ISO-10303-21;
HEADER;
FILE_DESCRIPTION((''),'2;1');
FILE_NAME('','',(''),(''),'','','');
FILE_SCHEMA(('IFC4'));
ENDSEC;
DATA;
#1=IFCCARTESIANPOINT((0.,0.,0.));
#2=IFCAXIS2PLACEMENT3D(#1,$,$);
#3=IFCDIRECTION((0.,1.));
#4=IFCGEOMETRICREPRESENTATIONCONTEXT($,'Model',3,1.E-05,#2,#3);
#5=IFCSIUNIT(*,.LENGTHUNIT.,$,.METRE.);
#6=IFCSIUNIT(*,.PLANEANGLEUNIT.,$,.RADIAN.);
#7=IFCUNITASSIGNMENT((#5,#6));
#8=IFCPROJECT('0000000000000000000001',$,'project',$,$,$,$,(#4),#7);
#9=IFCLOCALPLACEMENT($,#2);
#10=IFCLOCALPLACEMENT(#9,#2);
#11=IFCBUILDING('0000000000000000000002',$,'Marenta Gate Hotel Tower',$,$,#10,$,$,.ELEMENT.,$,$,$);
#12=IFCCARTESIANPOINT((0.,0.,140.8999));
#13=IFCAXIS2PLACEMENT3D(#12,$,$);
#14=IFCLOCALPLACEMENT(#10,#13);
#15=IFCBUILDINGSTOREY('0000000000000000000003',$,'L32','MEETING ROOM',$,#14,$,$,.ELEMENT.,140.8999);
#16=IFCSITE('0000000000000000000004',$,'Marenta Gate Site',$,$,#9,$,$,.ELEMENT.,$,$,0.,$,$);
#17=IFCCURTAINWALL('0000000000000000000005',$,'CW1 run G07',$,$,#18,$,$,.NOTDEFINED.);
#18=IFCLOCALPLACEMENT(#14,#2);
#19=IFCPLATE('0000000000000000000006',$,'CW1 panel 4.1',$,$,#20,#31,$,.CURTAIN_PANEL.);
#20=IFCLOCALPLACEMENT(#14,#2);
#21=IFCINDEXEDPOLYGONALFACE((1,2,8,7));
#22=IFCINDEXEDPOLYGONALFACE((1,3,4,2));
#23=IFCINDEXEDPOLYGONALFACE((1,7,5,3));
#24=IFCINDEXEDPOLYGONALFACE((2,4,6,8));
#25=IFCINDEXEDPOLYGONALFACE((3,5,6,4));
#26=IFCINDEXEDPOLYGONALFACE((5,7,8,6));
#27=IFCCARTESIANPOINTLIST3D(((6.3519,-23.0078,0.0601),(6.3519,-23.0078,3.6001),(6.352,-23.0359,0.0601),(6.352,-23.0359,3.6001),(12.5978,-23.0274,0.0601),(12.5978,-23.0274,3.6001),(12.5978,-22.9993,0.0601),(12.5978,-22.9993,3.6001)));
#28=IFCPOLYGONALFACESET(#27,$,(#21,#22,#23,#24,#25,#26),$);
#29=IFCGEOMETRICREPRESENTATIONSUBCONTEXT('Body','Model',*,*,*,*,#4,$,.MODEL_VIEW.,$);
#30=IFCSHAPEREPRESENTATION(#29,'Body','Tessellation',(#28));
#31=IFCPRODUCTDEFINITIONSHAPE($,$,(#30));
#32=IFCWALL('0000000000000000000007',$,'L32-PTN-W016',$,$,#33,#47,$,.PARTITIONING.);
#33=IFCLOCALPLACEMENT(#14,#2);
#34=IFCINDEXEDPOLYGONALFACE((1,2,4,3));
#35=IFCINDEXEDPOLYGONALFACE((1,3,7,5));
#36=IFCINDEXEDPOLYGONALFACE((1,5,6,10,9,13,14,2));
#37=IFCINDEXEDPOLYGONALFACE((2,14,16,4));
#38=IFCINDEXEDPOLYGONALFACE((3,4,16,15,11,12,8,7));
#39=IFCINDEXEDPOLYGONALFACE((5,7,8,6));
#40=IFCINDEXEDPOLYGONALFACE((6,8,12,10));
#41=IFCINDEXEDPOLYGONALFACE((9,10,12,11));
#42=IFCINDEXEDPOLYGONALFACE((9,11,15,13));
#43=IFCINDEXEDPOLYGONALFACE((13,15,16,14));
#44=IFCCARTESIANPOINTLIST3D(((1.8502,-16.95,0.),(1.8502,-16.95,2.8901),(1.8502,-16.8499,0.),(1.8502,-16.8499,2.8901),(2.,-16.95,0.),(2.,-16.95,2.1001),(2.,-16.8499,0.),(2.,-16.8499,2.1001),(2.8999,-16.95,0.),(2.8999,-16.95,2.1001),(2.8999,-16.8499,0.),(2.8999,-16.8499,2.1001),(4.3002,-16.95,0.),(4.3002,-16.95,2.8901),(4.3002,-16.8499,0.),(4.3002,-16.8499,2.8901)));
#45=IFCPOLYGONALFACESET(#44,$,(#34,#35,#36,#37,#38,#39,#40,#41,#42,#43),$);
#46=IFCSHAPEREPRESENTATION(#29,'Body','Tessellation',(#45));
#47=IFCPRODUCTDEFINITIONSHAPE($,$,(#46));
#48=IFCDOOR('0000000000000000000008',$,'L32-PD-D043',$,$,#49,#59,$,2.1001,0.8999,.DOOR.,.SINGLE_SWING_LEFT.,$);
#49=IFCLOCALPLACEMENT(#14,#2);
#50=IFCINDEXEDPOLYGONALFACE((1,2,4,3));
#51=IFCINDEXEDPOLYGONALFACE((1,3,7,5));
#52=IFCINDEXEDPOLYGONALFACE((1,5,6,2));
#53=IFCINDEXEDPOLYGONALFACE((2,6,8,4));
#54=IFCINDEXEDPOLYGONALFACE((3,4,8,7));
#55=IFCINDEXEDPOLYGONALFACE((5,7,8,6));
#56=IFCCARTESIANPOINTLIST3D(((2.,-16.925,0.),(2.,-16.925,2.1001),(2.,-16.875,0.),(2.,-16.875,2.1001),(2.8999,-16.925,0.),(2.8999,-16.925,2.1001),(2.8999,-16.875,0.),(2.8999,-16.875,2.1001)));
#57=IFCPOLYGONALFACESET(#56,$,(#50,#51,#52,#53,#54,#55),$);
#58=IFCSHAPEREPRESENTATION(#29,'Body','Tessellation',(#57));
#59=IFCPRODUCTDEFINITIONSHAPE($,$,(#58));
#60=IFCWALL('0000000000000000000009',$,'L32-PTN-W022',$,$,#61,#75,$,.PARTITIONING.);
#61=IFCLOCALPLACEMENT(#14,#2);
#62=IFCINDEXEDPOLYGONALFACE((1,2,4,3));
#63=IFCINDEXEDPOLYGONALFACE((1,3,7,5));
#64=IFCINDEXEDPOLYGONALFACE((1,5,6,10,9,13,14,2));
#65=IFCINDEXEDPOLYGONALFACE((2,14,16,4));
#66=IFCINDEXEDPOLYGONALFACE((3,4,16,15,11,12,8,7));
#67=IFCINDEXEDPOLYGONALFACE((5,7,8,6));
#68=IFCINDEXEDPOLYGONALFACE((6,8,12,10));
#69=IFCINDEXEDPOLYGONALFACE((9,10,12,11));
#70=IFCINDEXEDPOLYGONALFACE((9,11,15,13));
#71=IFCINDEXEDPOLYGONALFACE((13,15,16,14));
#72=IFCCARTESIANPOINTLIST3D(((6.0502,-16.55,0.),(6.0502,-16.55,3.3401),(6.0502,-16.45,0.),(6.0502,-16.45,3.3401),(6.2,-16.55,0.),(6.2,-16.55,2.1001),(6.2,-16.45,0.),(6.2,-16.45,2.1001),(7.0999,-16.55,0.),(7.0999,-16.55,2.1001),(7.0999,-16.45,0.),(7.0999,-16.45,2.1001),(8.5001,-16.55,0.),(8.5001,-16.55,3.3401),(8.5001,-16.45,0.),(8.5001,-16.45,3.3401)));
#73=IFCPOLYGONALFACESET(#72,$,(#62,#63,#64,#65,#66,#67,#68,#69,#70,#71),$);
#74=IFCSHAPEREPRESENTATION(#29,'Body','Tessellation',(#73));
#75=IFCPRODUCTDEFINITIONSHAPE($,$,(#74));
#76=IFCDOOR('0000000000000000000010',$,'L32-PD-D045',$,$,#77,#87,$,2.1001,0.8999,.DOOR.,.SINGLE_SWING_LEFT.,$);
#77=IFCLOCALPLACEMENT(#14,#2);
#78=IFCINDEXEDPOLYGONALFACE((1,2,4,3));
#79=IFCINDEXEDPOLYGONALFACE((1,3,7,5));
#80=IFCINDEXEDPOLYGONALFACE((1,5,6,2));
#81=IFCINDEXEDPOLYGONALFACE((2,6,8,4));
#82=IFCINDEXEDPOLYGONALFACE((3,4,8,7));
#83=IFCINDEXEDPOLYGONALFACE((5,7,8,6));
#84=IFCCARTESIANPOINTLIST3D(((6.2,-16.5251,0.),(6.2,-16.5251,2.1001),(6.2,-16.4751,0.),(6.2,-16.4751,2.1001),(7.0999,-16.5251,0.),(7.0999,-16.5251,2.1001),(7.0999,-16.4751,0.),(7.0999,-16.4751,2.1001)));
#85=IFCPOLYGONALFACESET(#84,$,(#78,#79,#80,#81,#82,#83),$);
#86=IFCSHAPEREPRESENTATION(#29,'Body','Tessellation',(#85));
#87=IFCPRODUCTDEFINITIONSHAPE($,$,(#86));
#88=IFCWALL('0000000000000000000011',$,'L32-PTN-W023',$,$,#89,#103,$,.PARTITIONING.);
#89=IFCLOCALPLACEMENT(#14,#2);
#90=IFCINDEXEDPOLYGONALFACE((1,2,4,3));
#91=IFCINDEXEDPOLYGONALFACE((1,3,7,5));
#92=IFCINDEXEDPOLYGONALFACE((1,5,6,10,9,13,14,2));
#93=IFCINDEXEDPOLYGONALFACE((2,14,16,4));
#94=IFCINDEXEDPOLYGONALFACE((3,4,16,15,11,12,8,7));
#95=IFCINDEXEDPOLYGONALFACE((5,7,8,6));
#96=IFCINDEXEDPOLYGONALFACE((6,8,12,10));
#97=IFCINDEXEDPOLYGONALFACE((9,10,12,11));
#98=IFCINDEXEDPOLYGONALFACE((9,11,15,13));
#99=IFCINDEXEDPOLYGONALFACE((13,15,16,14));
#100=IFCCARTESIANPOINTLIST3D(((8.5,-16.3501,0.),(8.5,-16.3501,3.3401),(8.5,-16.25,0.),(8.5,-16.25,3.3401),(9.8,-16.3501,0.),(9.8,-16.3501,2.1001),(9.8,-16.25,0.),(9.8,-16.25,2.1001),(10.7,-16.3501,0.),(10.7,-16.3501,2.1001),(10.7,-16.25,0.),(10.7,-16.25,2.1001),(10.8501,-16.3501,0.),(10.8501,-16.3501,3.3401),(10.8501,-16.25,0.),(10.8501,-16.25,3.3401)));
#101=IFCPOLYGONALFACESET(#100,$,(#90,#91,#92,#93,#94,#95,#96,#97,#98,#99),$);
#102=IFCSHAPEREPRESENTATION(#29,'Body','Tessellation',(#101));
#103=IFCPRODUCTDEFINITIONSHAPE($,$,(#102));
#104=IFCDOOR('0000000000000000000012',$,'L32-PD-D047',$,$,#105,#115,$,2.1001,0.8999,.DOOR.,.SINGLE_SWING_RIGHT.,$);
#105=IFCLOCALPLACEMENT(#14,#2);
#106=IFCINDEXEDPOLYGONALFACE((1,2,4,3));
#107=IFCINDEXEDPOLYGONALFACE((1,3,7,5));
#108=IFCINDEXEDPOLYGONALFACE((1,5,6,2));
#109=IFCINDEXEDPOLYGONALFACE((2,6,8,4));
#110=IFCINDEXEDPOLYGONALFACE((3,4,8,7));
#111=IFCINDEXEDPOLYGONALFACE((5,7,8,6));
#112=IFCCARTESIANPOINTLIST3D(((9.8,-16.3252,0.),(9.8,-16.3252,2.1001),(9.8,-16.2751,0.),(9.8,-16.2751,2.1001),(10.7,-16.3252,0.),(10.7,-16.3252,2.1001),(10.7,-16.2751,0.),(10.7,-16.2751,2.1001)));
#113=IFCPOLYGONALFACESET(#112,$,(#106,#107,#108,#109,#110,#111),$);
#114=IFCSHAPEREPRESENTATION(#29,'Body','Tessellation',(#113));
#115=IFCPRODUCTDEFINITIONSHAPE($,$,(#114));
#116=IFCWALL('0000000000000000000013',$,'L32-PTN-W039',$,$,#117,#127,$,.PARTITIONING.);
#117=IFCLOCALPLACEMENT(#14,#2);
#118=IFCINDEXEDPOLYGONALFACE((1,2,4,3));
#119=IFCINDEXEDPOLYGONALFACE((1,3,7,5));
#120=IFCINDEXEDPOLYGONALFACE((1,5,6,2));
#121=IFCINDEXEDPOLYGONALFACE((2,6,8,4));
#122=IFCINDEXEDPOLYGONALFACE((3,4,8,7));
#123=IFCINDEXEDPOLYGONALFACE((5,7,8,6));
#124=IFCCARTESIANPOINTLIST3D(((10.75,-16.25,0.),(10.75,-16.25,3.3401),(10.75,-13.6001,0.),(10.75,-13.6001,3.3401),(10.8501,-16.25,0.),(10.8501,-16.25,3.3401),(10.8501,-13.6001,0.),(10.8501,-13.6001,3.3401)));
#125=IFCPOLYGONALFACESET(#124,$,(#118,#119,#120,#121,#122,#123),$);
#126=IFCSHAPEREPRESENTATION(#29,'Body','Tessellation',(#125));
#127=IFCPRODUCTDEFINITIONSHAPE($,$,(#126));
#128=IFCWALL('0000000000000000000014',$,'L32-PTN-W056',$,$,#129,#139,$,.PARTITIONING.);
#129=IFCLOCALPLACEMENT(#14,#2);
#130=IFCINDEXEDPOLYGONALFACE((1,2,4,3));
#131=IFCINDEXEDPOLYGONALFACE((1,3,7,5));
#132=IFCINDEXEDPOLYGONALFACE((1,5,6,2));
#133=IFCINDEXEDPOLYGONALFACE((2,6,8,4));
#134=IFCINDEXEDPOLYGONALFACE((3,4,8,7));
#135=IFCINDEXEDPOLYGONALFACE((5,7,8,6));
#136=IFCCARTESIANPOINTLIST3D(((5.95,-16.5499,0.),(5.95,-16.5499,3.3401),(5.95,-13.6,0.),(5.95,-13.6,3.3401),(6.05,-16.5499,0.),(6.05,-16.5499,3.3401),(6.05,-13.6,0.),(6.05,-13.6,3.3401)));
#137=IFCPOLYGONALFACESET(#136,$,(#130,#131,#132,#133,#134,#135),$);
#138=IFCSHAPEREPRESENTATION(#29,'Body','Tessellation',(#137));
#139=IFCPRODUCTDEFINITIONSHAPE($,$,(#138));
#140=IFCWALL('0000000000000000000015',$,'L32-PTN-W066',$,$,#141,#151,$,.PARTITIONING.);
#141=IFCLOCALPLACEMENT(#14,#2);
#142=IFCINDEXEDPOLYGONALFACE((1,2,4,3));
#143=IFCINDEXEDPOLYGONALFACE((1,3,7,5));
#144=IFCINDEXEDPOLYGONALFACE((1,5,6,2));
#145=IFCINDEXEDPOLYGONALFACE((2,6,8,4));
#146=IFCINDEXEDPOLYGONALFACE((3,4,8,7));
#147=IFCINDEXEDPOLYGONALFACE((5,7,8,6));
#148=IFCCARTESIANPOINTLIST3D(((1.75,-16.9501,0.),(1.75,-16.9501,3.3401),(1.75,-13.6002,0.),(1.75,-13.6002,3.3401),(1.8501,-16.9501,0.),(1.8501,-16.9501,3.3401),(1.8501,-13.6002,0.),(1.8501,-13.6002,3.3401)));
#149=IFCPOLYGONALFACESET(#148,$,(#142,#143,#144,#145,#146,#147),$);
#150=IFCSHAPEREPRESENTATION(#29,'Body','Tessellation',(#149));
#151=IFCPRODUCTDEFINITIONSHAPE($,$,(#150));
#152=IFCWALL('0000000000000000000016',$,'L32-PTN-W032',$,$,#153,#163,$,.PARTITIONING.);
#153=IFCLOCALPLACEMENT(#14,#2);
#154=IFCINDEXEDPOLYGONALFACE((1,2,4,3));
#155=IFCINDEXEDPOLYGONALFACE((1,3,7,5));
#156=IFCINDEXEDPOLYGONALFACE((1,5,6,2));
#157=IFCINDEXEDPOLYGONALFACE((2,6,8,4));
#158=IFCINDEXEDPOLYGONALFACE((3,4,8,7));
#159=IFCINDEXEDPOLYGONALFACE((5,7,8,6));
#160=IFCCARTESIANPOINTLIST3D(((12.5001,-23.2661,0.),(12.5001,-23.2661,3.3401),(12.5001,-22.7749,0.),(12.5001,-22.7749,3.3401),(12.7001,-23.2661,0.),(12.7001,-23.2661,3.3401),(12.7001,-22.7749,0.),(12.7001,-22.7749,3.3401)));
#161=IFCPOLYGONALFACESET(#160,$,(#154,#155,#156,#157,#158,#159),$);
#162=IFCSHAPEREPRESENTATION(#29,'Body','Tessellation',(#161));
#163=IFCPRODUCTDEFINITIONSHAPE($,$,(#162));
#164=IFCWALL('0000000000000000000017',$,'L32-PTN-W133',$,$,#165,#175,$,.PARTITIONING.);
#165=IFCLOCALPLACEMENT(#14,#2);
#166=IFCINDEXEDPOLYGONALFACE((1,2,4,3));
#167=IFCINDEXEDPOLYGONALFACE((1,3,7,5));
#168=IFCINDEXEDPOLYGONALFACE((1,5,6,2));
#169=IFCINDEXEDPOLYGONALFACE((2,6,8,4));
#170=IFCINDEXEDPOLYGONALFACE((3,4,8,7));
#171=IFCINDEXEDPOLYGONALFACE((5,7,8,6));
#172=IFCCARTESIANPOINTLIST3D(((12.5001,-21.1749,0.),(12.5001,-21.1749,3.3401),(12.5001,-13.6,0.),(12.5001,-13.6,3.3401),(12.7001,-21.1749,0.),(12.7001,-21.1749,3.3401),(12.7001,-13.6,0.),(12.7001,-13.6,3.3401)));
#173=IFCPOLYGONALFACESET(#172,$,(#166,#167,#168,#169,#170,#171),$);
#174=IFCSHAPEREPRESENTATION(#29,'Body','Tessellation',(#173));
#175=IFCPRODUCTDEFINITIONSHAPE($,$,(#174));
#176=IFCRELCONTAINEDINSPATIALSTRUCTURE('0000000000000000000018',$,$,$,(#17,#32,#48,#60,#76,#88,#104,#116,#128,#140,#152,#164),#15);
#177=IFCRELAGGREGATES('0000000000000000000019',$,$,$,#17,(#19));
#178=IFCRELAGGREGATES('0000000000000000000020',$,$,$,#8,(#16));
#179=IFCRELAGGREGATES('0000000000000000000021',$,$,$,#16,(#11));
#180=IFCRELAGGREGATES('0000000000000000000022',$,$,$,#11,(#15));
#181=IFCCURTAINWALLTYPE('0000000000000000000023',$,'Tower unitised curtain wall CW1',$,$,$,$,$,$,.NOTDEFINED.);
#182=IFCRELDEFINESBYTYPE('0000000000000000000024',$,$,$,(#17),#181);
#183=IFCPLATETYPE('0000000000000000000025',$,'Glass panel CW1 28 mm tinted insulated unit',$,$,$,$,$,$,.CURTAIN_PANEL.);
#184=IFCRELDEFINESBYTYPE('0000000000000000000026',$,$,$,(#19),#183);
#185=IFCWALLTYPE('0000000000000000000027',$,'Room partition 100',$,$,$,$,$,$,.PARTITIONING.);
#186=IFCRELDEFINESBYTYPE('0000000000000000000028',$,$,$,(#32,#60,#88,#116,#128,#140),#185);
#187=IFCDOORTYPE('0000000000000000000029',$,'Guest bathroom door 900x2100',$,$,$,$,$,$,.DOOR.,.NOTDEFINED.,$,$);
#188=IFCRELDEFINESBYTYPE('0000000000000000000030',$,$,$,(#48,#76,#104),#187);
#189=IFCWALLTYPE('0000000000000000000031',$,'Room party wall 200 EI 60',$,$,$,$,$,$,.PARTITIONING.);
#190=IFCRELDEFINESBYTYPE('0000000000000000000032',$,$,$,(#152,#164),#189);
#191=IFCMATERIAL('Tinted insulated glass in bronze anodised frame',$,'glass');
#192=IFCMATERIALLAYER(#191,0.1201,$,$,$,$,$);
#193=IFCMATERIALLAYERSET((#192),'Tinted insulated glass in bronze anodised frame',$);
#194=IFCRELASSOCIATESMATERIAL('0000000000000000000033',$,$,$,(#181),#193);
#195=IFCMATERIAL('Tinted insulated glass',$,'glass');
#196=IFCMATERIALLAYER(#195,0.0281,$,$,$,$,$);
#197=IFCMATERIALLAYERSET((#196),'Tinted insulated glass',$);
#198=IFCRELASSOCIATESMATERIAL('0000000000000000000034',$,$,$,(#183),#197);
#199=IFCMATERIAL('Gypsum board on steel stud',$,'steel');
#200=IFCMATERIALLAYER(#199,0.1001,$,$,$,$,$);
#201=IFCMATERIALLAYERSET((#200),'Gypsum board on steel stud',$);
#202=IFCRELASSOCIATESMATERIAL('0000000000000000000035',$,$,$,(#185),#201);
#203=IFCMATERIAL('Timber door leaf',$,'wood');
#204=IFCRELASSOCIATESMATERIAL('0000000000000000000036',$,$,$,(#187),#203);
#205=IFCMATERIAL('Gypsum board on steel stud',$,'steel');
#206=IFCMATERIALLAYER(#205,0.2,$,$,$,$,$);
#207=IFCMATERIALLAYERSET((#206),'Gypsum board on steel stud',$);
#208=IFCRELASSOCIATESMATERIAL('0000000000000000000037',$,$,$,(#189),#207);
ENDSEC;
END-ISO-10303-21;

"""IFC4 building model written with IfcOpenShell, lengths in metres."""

from ifc_helpers import new_model, si_unit, direction, frame, frame_2d, origin, origin_2d, place, context, subcontext, project, spatial, rectangle, extrude, material, layer, layer_set, type_object, element, fill, aggregate, save


model = new_model("IFC4")

# Units and contexts
model_context = context("Model", 3, precision=1e-05, world=origin(), true_north=direction((0.0, 1.0)))
body_context = subcontext(model_context, "Body", "Model", "MODEL_VIEW")
ifc_project = project(units=[si_unit("LENGTHUNIT", "METRE"), si_unit("PLANEANGLEUNIT", "RADIAN")], contexts=[model_context])

# Site, building, storey
site_placement = place(None, origin())
site = spatial("IfcSite", under=ifc_project, at=site_placement, Name="Marenta Gate Site", CompositionType="ELEMENT", RefElevation=0.0)
building_placement = place(site_placement, origin())
building = spatial("IfcBuilding", under=site, at=building_placement, Name="Marenta Gate Hotel Tower", CompositionType="ELEMENT")
storey_placement = place(building_placement, frame((0.0, 0.0, 140.8999)))
storey = spatial("IfcBuildingStorey", under=building, at=storey_placement, Name="L32", Description="MEETING ROOM", CompositionType="ELEMENT", Elevation=140.8999)

# Curtain wall
ifc_material_1 = material(Name="Tinted insulated glass in bronze anodised frame", Category="glass")
ifc_layer_1 = layer(ifc_material_1, 0.1201)
ifc_layer_set_1 = layer_set([ifc_layer_1], Name="Tinted insulated glass in bronze anodised frame")
curtain_wall_type = type_object("IfcCurtainWallType", Name="Tower unitised curtain wall CW1", PredefinedType="NOTDEFINED", material=ifc_layer_set_1)
curtain_wall_1_placement = place(storey_placement, origin())
curtain_wall_1 = element("IfcCurtainWall", 1, at=curtain_wall_1_placement, inside=storey, type_object=curtain_wall_type, Name="CW1 run G07", PredefinedType="NOTDEFINED")

# Plate
ifc_material_2 = material(Name="Tinted insulated glass", Category="glass")
ifc_layer_2 = layer(ifc_material_2, 0.0281)
ifc_layer_set_2 = layer_set([ifc_layer_2], Name="Tinted insulated glass")
plate_type = type_object("IfcPlateType", Name="Glass panel CW1 28 mm tinted insulated unit", PredefinedType="CURTAIN_PANEL", material=ifc_layer_set_2)
plate_1_placement = place(storey_placement, frame((9.4749, -23.0176, 0.0601), z_axis=(0.0, 0.0, 1.0), x_axis=(0.999999, 0.001362, 0.0)))
plate_1 = element("IfcPlate", 2, at=plate_1_placement, type_object=plate_type, Name="CW1 panel 4.1", PredefinedType="CURTAIN_PANEL", context=body_context, shape_type="SweptSolid", body=[
    extrude(rectangle(XDim=6.2458, YDim=0.0281, at=origin_2d()), origin(), (0.0, 0.0, 1.0), 3.54),
])
aggregate(curtain_wall_1, [plate_1])

# Walls, openings, doors
ifc_material_3 = material(Name="Gypsum board on steel stud", Category="steel")
ifc_layer_3 = layer(ifc_material_3, 0.1001)
ifc_layer_set_3 = layer_set([ifc_layer_3], Name="Gypsum board on steel stud")
wall_type_1 = type_object("IfcWallType", Name="Room partition 100", PredefinedType="PARTITIONING", material=ifc_layer_set_3)
wall_1_placement = place(storey_placement, frame((1.8501, -16.8999, 0.0), z_axis=(0.0, 0.0, 1.0), x_axis=(1.0, 0.0, 0.0)))
wall_1 = element("IfcWall", 3, at=wall_1_placement, inside=storey, type_object=wall_type_1, Name="L32-PTN-W016", PredefinedType="PARTITIONING", context=body_context, shape_type="SweptSolid", body=[
    extrude(rectangle(XDim=2.45, YDim=0.1001, at=frame_2d((1.2251, 0.0))), origin(), (0.0, 0.0, 1.0), 2.8901),
])
opening_1_placement = place(wall_1_placement, frame((0.1499, 0.0, 0.0)))
opening_1 = element("IfcOpeningElement", 4, at=opening_1_placement, cuts=wall_1, PredefinedType="OPENING", context=body_context, shape_type="SweptSolid", body=[
    extrude(rectangle(XDim=0.8999, YDim=2.1001, at=frame_2d((0.45, 1.05))), frame((0.0, 0.05, 0.0), z_axis=(0.0, -1.0, 0.0), x_axis=(1.0, 0.0, 0.0)), (0.0, 0.0, 1.0), 0.1001),
])
ifc_material_4 = material(Name="Timber door leaf", Category="wood")
door_type = type_object("IfcDoorType", Name="Guest bathroom door 900x2100", OperationType="NOTDEFINED", PredefinedType="DOOR", material=ifc_material_4)
door_1_placement = place(opening_1_placement, origin())
door_1 = element("IfcDoor", 5, at=door_1_placement, inside=storey, type_object=door_type, Name="L32-PD-D043", OperationType="SINGLE_SWING_LEFT", OverallHeight=2.1001, OverallWidth=0.8999, PredefinedType="DOOR", context=body_context, shape_type="SweptSolid", body=[
    extrude(rectangle(XDim=0.8999, YDim=2.1001, at=frame_2d((0.45, 1.05))), frame((0.0, 0.0249, 0.0), z_axis=(0.0, -1.0, 0.0), x_axis=(1.0, 0.0, 0.0)), (0.0, 0.0, 1.0), 0.05),
])
fill(opening_1, door_1)
wall_2_placement = place(storey_placement, frame((6.05, -16.5, 0.0), z_axis=(0.0, 0.0, 1.0), x_axis=(1.0, 0.0, 0.0)))
wall_2 = element("IfcWall", 6, at=wall_2_placement, inside=storey, type_object=wall_type_1, Name="L32-PTN-W022", PredefinedType="PARTITIONING", context=body_context, shape_type="SweptSolid", body=[
    extrude(rectangle(XDim=2.45, YDim=0.1001, at=frame_2d((1.2251, 0.0))), origin(), (0.0, 0.0, 1.0), 3.3401),
])
opening_2_placement = place(wall_2_placement, frame((0.1499, 0.0, 0.0)))
opening_2 = element("IfcOpeningElement", 7, at=opening_2_placement, cuts=wall_2, PredefinedType="OPENING", context=body_context, shape_type="SweptSolid", body=[
    extrude(rectangle(XDim=0.8999, YDim=2.1001, at=frame_2d((0.45, 1.05))), frame((0.0, 0.05, 0.0), z_axis=(0.0, -1.0, 0.0), x_axis=(1.0, 0.0, 0.0)), (0.0, 0.0, 1.0), 0.1001),
])
door_2_placement = place(opening_2_placement, origin())
door_2 = element("IfcDoor", 8, at=door_2_placement, inside=storey, type_object=door_type, Name="L32-PD-D045", OperationType="SINGLE_SWING_LEFT", OverallHeight=2.1001, OverallWidth=0.8999, PredefinedType="DOOR", context=body_context, shape_type="SweptSolid", body=[
    extrude(rectangle(XDim=0.8999, YDim=2.1001, at=frame_2d((0.45, 1.05))), frame((0.0, 0.0249, 0.0), z_axis=(0.0, -1.0, 0.0), x_axis=(1.0, 0.0, 0.0)), (0.0, 0.0, 1.0), 0.05),
])
fill(opening_2, door_2)
wall_3_placement = place(storey_placement, frame((8.5, -16.3, 0.0), z_axis=(0.0, 0.0, 1.0), x_axis=(1.0, 0.0, 0.0)))
wall_3 = element("IfcWall", 9, at=wall_3_placement, inside=storey, type_object=wall_type_1, Name="L32-PTN-W023", PredefinedType="PARTITIONING", context=body_context, shape_type="SweptSolid", body=[
    extrude(rectangle(XDim=2.3501, YDim=0.1001, at=frame_2d((1.175, 0.0))), origin(), (0.0, 0.0, 1.0), 3.3401),
])
opening_3_placement = place(wall_3_placement, frame((1.3, 0.0, 0.0)))
opening_3 = element("IfcOpeningElement", 10, at=opening_3_placement, cuts=wall_3, PredefinedType="OPENING", context=body_context, shape_type="SweptSolid", body=[
    extrude(rectangle(XDim=0.8999, YDim=2.1001, at=frame_2d((0.45, 1.05))), frame((0.0, 0.05, 0.0), z_axis=(0.0, -1.0, 0.0), x_axis=(1.0, 0.0, 0.0)), (0.0, 0.0, 1.0), 0.1001),
])
door_3_placement = place(opening_3_placement, origin())
door_3 = element("IfcDoor", 11, at=door_3_placement, inside=storey, type_object=door_type, Name="L32-PD-D047", OperationType="SINGLE_SWING_RIGHT", OverallHeight=2.1001, OverallWidth=0.8999, PredefinedType="DOOR", context=body_context, shape_type="SweptSolid", body=[
    extrude(rectangle(XDim=0.8999, YDim=2.1001, at=frame_2d((0.45, 1.05))), frame((0.0, 0.0249, 0.0), z_axis=(0.0, -1.0, 0.0), x_axis=(1.0, 0.0, 0.0)), (0.0, 0.0, 1.0), 0.05),
])
fill(opening_3, door_3)

# Walls
wall_4_placement = place(storey_placement, frame((10.8, -16.25, 0.0), z_axis=(0.0, 0.0, 1.0), x_axis=(0.0, 1.0, 0.0)))
element("IfcWall", 12, at=wall_4_placement, inside=storey, type_object=wall_type_1, Name="L32-PTN-W039", PredefinedType="PARTITIONING", context=body_context, shape_type="SweptSolid", body=[
    extrude(rectangle(XDim=2.6499, YDim=0.1001, at=frame_2d((1.325, 0.0))), origin(), (0.0, 0.0, 1.0), 3.3401),
])
wall_5_placement = place(storey_placement, frame((6.0, -16.55, 0.0), z_axis=(0.0, 0.0, 1.0), x_axis=(0.0, 1.0, 0.0)))
element("IfcWall", 13, at=wall_5_placement, inside=storey, type_object=wall_type_1, Name="L32-PTN-W056", PredefinedType="PARTITIONING", context=body_context, shape_type="SweptSolid", body=[
    extrude(rectangle(XDim=2.95, YDim=0.1001, at=frame_2d((1.4751, 0.0))), origin(), (0.0, 0.0, 1.0), 3.3401),
])
wall_6_placement = place(storey_placement, frame((1.8, -16.95, 0.0), z_axis=(0.0, 0.0, 1.0), x_axis=(0.0, 1.0, 0.0)))
element("IfcWall", 14, at=wall_6_placement, inside=storey, type_object=wall_type_1, Name="L32-PTN-W066", PredefinedType="PARTITIONING", context=body_context, shape_type="SweptSolid", body=[
    extrude(rectangle(XDim=3.3499, YDim=0.1001, at=frame_2d((1.6748, 0.0))), origin(), (0.0, 0.0, 1.0), 3.3401),
])
ifc_material_5 = material(Name="Gypsum board on steel stud", Category="steel")
ifc_layer_4 = layer(ifc_material_5, 0.2)
ifc_layer_set_4 = layer_set([ifc_layer_4], Name="Gypsum board on steel stud")
wall_type_2 = type_object("IfcWallType", Name="Room party wall 200 EI 60", PredefinedType="PARTITIONING", material=ifc_layer_set_4)
wall_7_placement = place(storey_placement, frame((12.6001, -23.2661, 0.0), z_axis=(0.0, 0.0, 1.0), x_axis=(0.0, 1.0, 0.0)))
element("IfcWall", 15, at=wall_7_placement, inside=storey, type_object=wall_type_2, Name="L32-PTN-W032", PredefinedType="PARTITIONING", context=body_context, shape_type="SweptSolid", body=[
    extrude(rectangle(XDim=0.4912, YDim=0.2, at=frame_2d((0.2456, 0.0))), origin(), (0.0, 0.0, 1.0), 3.3401),
])
wall_8_placement = place(storey_placement, frame((12.6001, -21.175, 0.0), z_axis=(0.0, 0.0, 1.0), x_axis=(0.0, 1.0, 0.0)))
element("IfcWall", 16, at=wall_8_placement, inside=storey, type_object=wall_type_2, Name="L32-PTN-W133", PredefinedType="PARTITIONING", context=body_context, shape_type="SweptSolid", body=[
    extrude(rectangle(XDim=7.575, YDim=0.2, at=frame_2d((3.7876, 0.0))), origin(), (0.0, 0.0, 1.0), 3.3401),
])

save(model, "model.ifc")
